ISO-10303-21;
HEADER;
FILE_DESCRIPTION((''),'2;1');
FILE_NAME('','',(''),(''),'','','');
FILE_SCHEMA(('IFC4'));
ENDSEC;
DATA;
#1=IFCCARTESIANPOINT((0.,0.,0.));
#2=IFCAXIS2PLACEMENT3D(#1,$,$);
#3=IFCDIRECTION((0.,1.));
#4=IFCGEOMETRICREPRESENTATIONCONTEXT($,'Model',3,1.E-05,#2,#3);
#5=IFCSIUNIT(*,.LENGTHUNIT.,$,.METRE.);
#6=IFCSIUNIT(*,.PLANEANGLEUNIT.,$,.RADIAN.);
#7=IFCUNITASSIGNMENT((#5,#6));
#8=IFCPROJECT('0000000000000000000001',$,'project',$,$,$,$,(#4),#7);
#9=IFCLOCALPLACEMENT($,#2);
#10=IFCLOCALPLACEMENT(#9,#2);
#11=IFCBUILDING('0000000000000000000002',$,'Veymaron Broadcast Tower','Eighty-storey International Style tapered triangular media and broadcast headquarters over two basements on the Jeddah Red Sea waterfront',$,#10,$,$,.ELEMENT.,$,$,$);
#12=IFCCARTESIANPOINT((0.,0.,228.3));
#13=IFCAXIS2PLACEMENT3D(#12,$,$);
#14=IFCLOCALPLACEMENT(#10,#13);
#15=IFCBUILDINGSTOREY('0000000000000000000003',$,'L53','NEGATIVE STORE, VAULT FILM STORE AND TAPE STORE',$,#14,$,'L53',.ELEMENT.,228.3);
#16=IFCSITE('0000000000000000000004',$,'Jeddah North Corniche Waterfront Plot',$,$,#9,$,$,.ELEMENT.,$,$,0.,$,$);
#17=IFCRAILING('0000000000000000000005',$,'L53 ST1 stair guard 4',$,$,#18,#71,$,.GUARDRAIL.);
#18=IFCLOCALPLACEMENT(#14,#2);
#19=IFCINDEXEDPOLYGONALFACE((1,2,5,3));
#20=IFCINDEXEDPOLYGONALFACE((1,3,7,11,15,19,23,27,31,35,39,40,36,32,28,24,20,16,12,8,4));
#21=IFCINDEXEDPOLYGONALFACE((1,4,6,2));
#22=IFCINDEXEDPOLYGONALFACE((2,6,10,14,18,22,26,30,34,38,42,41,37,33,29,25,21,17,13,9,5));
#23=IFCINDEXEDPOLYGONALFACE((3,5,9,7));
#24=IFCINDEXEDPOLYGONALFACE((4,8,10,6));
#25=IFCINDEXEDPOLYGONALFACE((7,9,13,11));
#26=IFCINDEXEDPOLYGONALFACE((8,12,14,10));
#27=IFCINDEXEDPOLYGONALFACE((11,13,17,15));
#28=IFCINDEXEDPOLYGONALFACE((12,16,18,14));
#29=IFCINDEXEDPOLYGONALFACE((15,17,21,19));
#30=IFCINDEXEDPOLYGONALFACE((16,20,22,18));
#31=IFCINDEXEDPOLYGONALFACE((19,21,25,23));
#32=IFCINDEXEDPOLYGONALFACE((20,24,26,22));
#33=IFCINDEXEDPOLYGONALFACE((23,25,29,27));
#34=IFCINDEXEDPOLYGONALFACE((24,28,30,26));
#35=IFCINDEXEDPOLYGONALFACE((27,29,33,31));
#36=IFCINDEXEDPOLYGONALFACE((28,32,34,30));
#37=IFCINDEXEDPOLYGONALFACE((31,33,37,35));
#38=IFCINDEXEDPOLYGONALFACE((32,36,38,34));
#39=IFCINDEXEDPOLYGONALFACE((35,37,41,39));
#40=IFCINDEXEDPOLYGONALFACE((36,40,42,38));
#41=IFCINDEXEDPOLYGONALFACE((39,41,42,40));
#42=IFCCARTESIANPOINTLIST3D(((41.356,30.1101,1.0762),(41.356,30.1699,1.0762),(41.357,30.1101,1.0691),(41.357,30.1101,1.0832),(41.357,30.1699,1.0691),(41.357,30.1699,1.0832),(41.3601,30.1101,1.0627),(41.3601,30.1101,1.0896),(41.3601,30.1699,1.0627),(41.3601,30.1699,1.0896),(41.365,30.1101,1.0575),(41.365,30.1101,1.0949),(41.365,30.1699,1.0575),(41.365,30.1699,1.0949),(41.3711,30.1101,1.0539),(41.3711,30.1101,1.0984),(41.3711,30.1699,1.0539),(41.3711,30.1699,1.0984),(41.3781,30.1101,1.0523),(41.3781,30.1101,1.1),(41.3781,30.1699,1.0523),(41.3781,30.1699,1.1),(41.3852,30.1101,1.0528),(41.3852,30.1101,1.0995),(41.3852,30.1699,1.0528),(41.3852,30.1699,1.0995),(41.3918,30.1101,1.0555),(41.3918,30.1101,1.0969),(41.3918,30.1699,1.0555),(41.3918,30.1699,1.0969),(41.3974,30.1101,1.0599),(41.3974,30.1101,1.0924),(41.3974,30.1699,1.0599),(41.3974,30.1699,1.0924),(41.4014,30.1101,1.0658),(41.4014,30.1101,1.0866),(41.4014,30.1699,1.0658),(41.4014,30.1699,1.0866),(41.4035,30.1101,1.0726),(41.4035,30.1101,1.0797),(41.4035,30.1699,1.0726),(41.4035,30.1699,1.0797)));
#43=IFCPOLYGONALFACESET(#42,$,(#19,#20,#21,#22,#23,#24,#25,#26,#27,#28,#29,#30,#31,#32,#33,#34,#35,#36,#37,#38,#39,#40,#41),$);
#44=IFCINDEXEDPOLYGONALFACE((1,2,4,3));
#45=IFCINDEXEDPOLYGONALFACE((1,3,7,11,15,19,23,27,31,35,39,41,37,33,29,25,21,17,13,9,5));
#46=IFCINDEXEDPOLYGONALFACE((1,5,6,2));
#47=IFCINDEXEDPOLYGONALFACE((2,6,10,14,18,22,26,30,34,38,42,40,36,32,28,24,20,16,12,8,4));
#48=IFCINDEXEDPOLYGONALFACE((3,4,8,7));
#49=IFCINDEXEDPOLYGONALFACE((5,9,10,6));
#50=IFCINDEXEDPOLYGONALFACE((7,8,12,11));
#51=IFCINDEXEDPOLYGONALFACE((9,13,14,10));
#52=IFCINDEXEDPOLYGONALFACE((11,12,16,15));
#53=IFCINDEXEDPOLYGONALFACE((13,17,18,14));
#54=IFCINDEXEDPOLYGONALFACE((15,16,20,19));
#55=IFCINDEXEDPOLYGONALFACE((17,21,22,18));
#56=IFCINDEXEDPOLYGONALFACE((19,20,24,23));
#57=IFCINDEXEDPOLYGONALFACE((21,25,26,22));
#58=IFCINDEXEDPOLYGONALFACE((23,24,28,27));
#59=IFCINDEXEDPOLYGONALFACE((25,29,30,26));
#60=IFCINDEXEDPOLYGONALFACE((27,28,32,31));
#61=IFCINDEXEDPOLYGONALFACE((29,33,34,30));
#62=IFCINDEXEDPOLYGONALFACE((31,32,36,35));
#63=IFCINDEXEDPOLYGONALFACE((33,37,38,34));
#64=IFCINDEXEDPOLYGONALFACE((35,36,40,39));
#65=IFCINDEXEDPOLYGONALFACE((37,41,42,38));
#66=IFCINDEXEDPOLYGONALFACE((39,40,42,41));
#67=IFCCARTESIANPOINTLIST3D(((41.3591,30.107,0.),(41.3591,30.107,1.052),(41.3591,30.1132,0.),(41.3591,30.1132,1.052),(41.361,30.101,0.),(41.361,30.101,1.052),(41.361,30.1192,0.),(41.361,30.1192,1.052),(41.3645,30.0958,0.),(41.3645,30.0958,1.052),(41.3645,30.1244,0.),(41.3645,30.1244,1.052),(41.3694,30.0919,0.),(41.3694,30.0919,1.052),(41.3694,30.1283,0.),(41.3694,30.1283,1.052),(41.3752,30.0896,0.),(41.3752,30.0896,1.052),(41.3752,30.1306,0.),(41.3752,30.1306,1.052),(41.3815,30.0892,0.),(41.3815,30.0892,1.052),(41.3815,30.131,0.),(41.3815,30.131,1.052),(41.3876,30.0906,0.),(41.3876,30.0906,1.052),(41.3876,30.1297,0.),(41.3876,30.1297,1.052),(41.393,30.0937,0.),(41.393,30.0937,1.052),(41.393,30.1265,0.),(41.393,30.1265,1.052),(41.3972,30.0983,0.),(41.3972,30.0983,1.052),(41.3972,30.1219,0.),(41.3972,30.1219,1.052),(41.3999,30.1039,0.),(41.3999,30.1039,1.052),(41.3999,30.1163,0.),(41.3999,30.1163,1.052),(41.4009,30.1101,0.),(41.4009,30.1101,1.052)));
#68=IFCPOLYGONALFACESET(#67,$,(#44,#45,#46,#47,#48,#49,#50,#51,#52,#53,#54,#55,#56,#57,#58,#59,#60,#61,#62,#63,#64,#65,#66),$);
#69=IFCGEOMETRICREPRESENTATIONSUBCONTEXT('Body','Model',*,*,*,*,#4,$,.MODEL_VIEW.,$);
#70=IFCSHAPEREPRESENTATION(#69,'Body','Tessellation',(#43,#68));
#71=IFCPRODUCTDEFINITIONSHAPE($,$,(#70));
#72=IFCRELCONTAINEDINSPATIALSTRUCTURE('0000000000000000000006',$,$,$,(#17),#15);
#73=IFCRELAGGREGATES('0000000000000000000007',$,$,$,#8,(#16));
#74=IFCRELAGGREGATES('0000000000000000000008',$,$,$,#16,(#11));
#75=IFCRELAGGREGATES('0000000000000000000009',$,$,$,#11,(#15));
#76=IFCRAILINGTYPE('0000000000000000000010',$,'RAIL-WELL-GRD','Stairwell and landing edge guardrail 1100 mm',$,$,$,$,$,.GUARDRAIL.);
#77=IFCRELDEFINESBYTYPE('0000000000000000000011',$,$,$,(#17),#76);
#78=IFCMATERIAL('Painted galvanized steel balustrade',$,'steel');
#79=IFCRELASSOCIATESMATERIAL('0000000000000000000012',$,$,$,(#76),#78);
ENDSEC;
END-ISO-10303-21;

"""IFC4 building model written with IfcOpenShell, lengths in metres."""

from ifc_helpers import new_model, si_unit, direction, frame, origin, origin_2d, place, context, subcontext, project, spatial, circle, extrude, material, type_object, element, save


model = new_model("IFC4")

# Units and contexts
model_context = context("Model", 3, precision=1e-05, world=origin(), true_north=direction((0.0, 1.0)))
body_context = subcontext(model_context, "Body", "Model", "MODEL_VIEW")
ifc_project = project(units=[si_unit("LENGTHUNIT", "METRE"), si_unit("PLANEANGLEUNIT", "RADIAN")], contexts=[model_context])

# Site, building, storey
site_placement = place(None, origin())
site = spatial("IfcSite", under=ifc_project, at=site_placement, Name="Jeddah North Corniche Waterfront Plot", CompositionType="ELEMENT", RefElevation=0.0)
building_placement = place(site_placement, origin())
building = spatial("IfcBuilding", under=site, at=building_placement, Name="Veymaron Broadcast Tower", Description="Eighty-storey International Style tapered triangular media and broadcast headquarters over two basements on the Jeddah Red Sea waterfront", CompositionType="ELEMENT")
storey_placement = place(building_placement, frame((0.0, 0.0, 228.3)))
storey = spatial("IfcBuildingStorey", under=building, at=storey_placement, Name="L53", Description="NEGATIVE STORE, VAULT FILM STORE AND TAPE STORE", LongName="L53", CompositionType="ELEMENT", Elevation=228.3)

# Railing
ifc_material_1 = material(Name="Painted galvanized steel balustrade", Category="steel")
railing_type_1 = type_object("IfcRailingType", Name="RAIL-WELL-GRD", Description="Stairwell and landing edge guardrail 1100 mm", PredefinedType="GUARDRAIL", material=ifc_material_1)
railing_1_placement = place(storey_placement, frame((41.3799, 30.1101, 0.0)))
element("IfcRailing", 1, at=railing_1_placement, inside=storey, type_object=railing_type_1, Name="L53 ST1 stair guard 4", PredefinedType="GUARDRAIL", context=body_context, shape_type="SweptSolid", body=[
    extrude(circle(Radius=0.0239, at=origin_2d()), frame((0.0, 0.0, 1.0762), z_axis=(0.0, 1.0, 0.0), x_axis=(-1.0, 0.0, 0.0)), (0.0, 0.0, 1.0), 0.0598),
    extrude(circle(Radius=0.021, at=origin_2d()), origin(), (0.0, 0.0, 1.0), 1.052),
])

save(model, "model.ifc")
